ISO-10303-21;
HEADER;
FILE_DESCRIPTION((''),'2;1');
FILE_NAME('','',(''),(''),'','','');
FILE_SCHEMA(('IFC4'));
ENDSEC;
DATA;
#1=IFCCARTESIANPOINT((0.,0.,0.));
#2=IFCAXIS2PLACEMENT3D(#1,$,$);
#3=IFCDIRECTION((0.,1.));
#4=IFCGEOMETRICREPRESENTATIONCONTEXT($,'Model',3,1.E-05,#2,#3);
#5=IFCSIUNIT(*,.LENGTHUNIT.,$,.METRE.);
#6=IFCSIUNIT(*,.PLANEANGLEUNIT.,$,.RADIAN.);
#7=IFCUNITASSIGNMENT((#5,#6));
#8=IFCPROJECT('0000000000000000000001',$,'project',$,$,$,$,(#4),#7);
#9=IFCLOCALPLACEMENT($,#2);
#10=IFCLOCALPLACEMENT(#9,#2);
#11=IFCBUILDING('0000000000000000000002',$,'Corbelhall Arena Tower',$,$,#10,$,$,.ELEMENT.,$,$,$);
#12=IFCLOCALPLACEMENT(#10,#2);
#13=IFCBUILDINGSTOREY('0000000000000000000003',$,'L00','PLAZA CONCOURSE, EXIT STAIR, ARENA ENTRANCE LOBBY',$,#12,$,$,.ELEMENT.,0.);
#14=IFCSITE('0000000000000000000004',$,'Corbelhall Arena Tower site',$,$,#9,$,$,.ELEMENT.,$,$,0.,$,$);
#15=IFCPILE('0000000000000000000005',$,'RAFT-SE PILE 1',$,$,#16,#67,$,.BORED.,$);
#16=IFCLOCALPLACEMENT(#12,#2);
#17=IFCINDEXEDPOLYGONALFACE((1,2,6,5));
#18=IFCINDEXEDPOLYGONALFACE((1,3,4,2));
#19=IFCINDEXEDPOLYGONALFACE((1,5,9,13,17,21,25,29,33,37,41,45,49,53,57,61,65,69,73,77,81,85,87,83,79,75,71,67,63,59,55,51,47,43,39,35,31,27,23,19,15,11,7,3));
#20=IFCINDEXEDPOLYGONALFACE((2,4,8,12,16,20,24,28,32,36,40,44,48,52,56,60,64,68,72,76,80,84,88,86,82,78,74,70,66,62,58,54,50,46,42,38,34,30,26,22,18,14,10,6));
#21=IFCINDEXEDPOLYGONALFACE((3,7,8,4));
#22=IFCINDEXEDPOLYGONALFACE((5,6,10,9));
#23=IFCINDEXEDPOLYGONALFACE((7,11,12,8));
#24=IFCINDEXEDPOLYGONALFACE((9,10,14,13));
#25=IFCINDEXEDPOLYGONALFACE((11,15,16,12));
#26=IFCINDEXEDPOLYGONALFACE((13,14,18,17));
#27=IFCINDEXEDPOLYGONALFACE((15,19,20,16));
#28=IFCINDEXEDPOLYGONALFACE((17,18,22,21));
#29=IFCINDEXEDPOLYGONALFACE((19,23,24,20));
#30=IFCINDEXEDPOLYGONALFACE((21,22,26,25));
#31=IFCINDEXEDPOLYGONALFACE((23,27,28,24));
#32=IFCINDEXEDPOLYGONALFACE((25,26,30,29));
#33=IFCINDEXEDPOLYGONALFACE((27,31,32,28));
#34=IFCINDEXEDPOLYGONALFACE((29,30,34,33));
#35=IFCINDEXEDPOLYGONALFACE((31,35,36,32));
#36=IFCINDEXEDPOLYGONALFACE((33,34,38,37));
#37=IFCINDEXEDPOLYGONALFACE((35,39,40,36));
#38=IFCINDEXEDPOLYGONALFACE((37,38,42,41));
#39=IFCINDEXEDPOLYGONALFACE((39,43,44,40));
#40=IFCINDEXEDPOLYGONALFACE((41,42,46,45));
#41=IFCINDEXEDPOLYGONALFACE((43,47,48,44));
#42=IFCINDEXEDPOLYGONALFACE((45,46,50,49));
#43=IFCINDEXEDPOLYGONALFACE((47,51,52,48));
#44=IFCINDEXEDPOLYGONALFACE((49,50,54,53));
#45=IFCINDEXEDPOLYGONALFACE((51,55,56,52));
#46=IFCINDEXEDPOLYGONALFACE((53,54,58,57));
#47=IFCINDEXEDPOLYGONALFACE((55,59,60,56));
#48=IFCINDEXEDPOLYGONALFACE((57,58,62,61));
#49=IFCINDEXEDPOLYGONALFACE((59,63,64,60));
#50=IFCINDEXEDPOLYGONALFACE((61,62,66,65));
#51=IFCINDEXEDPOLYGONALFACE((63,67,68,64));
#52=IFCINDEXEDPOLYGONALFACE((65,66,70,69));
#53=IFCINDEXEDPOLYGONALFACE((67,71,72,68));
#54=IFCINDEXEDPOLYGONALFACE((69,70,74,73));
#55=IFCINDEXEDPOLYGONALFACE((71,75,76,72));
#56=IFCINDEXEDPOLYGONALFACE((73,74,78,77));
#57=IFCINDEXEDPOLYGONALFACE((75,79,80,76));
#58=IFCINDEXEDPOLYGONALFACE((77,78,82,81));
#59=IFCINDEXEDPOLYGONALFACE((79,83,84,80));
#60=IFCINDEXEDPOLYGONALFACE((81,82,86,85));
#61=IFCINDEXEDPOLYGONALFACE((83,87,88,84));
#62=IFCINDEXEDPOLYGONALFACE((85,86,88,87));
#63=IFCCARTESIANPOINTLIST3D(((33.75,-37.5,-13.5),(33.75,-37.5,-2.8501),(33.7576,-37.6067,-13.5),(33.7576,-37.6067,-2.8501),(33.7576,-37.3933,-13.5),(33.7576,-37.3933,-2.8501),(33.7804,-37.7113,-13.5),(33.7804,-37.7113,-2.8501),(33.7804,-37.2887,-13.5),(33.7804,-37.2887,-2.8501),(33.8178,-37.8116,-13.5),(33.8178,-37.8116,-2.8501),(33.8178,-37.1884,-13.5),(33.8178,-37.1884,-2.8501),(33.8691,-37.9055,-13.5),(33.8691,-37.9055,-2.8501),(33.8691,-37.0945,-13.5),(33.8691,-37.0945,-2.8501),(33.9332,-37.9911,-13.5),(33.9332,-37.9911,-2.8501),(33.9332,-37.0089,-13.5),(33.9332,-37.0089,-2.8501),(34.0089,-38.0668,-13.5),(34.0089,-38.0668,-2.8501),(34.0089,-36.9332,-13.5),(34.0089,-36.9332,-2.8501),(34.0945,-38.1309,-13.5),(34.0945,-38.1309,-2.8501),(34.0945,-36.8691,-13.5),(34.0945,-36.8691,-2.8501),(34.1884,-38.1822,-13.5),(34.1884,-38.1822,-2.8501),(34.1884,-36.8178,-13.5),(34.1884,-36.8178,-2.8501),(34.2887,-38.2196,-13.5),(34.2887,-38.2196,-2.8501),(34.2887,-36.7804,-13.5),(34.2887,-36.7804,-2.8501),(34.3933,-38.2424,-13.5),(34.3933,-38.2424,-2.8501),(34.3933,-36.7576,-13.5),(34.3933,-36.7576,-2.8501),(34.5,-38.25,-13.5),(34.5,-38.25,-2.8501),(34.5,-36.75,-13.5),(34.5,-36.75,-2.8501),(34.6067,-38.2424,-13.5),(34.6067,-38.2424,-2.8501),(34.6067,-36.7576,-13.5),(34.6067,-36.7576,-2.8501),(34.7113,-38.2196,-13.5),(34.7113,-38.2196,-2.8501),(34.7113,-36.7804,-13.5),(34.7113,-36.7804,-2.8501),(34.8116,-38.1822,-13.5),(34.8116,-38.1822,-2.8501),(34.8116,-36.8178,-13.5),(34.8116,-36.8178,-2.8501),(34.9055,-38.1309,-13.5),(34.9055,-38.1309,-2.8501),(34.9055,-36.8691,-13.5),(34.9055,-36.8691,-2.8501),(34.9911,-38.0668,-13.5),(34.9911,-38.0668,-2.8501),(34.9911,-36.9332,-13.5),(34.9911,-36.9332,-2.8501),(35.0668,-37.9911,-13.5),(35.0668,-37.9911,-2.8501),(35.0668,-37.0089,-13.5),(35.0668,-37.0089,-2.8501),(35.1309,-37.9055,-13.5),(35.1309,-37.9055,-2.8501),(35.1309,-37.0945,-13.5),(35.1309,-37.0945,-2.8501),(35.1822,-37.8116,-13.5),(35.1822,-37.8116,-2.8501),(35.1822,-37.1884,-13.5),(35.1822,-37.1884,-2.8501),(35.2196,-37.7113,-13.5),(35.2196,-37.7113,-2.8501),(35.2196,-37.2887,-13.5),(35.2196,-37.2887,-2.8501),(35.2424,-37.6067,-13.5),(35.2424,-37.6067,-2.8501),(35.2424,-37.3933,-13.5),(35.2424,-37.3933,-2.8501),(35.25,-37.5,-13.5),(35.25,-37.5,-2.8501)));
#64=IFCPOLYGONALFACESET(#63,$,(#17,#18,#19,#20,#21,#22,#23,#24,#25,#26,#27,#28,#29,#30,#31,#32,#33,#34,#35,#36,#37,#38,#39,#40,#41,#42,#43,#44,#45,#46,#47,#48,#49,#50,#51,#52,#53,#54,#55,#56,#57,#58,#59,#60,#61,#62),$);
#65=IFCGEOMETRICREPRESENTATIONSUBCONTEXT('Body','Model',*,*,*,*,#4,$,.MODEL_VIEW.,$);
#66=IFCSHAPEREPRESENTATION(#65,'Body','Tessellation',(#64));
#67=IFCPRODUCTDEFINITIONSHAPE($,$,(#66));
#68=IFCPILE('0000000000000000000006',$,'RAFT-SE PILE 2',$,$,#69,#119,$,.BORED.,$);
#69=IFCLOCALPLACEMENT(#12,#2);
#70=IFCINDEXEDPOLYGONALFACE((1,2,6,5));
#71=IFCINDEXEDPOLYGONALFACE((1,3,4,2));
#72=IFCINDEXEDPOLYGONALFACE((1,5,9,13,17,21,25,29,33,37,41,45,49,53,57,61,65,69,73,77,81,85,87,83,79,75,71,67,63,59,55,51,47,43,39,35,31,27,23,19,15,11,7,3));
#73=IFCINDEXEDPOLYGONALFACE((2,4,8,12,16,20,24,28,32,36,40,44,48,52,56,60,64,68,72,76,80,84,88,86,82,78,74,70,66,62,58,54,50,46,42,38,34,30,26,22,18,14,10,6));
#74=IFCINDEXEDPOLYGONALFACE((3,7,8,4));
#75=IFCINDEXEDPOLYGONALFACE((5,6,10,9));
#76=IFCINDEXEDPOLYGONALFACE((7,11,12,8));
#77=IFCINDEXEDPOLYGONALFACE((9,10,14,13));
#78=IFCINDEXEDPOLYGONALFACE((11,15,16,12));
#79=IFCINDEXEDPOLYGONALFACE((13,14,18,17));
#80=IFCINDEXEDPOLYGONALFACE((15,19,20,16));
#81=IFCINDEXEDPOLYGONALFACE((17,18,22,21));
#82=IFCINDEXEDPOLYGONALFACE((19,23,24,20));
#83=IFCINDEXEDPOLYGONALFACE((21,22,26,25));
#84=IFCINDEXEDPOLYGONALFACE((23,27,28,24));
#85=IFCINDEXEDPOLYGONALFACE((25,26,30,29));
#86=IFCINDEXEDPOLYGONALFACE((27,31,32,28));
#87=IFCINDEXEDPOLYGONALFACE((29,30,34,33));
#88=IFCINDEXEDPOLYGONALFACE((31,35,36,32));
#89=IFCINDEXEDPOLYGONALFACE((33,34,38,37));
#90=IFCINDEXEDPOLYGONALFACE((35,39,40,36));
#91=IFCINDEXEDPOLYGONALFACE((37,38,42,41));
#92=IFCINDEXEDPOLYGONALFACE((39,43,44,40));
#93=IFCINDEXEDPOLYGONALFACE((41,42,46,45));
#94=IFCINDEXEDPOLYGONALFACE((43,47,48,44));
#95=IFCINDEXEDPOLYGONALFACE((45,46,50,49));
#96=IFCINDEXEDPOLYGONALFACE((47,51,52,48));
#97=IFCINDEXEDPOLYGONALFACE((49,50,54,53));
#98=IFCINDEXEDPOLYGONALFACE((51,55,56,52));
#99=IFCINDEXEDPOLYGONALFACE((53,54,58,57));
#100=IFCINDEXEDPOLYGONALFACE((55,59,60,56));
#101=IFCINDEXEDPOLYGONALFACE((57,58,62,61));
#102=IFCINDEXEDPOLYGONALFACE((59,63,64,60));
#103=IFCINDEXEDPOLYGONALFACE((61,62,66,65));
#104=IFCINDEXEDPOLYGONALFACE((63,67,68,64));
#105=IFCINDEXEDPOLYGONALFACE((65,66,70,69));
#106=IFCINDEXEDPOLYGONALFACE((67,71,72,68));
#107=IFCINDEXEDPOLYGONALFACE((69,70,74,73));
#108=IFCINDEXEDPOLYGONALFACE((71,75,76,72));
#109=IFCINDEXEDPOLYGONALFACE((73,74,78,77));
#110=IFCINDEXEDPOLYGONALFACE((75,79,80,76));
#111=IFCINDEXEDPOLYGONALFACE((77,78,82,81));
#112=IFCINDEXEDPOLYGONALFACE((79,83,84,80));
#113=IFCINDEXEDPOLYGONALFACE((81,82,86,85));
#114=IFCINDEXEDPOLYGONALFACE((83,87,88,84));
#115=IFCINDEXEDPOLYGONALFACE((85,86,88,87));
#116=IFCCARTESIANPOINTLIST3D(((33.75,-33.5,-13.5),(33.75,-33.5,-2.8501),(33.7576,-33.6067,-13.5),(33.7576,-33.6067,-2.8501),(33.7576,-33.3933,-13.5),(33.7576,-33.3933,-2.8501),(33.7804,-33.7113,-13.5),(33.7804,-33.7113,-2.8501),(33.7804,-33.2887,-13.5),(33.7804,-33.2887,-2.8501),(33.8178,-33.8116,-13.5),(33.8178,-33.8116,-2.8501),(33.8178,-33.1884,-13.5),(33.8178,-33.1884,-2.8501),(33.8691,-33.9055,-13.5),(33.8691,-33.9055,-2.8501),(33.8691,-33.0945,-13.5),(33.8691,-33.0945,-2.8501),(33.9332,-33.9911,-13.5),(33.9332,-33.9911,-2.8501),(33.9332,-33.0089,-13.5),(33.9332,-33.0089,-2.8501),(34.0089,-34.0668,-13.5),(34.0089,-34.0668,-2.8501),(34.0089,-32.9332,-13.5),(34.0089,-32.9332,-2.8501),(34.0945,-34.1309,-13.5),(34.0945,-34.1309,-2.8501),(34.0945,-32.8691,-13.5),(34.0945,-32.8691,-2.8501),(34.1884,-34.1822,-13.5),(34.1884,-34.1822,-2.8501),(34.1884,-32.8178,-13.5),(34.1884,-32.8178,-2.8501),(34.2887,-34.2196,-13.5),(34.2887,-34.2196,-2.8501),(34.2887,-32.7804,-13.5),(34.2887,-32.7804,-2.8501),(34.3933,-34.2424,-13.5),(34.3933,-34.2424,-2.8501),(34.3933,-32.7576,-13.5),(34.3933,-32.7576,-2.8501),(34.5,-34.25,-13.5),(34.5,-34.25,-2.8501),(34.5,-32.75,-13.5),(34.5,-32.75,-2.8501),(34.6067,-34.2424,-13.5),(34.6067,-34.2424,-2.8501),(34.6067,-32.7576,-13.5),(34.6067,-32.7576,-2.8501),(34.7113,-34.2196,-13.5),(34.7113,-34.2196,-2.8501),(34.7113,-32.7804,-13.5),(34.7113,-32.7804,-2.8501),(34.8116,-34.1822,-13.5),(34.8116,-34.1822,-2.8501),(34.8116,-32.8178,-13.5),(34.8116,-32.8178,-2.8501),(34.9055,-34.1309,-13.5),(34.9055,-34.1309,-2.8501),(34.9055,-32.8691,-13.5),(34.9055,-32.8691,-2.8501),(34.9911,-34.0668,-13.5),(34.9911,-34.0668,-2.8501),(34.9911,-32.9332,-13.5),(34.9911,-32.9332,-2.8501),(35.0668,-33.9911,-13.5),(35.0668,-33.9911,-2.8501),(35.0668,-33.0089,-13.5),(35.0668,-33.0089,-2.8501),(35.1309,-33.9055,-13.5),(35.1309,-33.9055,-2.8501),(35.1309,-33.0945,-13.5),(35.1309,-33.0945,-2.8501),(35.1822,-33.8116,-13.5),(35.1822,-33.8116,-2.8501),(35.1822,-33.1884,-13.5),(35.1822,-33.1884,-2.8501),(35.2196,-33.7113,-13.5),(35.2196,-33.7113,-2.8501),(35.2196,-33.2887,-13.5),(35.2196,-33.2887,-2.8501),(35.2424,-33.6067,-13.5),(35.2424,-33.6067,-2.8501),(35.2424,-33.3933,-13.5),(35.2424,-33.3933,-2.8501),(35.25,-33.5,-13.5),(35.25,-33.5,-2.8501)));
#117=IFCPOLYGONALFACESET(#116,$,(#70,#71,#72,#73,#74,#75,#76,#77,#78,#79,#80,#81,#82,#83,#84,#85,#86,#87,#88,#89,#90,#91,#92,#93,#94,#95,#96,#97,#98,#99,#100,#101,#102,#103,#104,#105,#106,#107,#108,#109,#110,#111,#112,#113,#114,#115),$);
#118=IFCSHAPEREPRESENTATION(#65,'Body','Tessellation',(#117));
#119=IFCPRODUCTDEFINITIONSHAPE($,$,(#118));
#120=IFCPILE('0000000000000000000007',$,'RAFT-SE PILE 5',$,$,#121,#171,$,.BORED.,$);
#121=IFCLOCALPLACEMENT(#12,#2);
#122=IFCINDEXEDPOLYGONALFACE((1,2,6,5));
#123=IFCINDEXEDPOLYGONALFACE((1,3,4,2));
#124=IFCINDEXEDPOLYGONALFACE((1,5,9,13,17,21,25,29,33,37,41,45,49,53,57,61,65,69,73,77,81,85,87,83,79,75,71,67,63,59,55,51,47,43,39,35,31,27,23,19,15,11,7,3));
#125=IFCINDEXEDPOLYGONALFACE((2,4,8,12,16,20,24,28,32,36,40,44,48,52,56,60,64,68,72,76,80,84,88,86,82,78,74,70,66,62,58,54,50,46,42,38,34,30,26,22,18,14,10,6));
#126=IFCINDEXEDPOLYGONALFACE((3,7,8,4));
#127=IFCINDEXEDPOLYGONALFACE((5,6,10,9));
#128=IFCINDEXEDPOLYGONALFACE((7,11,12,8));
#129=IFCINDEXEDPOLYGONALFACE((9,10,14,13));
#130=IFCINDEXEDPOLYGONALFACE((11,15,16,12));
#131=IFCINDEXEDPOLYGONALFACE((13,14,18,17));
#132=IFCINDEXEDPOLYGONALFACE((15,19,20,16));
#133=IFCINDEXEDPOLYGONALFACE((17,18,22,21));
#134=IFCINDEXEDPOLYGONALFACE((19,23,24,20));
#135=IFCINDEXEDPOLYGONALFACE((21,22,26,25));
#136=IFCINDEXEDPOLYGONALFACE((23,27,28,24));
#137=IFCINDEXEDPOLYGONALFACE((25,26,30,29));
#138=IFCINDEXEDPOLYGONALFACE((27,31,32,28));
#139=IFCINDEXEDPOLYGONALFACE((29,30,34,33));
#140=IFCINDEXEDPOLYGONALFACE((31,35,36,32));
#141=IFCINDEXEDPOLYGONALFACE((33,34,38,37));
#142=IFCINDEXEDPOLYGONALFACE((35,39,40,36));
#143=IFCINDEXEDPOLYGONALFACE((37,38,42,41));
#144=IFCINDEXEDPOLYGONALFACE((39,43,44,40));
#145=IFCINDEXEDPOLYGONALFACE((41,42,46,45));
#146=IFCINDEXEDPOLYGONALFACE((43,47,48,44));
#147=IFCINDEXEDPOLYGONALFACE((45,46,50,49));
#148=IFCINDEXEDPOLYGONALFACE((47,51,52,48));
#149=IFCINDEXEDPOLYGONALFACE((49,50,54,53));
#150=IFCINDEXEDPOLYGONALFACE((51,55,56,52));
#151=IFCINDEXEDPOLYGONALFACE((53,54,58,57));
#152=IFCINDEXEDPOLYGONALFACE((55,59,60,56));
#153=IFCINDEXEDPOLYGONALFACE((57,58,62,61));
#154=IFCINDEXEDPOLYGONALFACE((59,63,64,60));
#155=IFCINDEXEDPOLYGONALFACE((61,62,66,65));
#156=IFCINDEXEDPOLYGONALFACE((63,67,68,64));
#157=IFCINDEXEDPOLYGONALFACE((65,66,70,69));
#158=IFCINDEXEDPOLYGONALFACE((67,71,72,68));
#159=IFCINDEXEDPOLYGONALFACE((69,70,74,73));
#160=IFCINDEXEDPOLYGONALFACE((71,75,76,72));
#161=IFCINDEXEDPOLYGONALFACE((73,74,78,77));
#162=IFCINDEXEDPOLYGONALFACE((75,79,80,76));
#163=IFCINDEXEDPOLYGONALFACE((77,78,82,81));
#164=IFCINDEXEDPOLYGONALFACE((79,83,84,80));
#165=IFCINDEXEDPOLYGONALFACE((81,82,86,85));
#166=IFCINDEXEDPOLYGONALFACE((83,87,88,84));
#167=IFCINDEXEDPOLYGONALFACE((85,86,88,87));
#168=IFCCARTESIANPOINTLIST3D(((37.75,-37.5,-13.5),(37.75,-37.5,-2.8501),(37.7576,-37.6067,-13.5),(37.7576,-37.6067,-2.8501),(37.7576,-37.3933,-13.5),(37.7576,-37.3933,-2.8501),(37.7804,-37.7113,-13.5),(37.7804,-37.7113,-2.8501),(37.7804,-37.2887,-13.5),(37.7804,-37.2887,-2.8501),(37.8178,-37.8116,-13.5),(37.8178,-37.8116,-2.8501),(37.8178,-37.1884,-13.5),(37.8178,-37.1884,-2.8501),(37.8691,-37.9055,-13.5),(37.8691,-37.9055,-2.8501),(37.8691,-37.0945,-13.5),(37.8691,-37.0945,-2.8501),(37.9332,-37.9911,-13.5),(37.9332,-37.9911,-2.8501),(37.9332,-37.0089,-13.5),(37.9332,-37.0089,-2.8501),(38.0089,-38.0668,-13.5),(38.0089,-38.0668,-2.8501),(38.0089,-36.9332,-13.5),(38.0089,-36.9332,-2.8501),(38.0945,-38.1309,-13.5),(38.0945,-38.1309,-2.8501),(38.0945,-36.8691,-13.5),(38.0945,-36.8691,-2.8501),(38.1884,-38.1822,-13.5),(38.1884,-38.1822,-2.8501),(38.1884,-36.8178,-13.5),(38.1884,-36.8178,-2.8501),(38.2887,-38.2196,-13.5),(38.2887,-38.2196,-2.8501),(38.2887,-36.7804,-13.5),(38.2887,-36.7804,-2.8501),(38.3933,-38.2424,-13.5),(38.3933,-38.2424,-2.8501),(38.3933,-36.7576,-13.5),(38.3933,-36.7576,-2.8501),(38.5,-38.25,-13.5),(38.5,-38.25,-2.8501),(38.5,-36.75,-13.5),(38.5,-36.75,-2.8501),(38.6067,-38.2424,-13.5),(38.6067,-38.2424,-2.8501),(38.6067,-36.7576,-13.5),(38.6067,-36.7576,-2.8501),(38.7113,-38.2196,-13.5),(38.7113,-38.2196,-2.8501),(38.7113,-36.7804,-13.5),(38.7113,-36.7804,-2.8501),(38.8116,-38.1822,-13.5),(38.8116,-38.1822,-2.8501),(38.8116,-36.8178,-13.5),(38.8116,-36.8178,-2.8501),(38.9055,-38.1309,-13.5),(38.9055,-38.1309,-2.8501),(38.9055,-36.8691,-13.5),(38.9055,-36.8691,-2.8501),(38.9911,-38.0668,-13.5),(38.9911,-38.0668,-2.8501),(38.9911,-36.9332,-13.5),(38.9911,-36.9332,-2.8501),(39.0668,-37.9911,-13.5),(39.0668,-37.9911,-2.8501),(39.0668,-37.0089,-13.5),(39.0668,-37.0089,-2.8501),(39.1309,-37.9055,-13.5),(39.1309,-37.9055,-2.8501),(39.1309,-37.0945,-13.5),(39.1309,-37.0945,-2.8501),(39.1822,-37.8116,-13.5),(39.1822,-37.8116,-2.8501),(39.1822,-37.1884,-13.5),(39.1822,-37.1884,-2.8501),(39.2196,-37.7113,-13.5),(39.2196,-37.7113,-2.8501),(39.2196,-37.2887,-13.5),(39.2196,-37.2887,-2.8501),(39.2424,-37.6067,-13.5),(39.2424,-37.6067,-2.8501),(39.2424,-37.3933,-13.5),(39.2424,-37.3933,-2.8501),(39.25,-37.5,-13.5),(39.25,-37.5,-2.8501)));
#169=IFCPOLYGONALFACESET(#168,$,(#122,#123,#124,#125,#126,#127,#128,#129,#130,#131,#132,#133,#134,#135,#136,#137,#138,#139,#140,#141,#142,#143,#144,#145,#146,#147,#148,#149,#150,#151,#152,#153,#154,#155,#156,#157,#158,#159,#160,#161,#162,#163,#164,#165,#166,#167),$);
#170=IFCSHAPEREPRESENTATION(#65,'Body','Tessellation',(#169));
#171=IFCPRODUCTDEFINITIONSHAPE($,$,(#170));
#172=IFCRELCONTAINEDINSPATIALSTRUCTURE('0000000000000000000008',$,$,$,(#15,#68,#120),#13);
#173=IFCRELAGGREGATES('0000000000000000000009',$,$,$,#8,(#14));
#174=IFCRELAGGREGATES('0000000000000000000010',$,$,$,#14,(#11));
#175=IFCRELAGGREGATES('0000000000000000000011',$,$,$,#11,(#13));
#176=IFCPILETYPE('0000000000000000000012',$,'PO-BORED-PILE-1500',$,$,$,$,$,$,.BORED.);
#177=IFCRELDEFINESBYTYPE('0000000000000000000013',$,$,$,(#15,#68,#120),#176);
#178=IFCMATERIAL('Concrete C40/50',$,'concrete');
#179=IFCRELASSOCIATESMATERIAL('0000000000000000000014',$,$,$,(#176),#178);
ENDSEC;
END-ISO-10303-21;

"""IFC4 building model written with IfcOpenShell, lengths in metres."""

from ifc_helpers import new_model, si_unit, direction, frame, origin, origin_2d, place, context, subcontext, project, spatial, circle, extrude, material, material_profile, profile_set, type_object, element, save


model = new_model("IFC4")

# Units and contexts
model_context = context("Model", 3, precision=1e-05, world=origin(), true_north=direction((0.0, 1.0)))
body_context = subcontext(model_context, "Body", "Model", "MODEL_VIEW")
ifc_project = project(units=[si_unit("LENGTHUNIT", "METRE"), si_unit("PLANEANGLEUNIT", "RADIAN")], contexts=[model_context])

# Site, building, storey
site_placement = place(None, origin())
site = spatial("IfcSite", under=ifc_project, at=site_placement, Name="Corbelhall Arena Tower site", CompositionType="ELEMENT", RefElevation=0.0)
building_placement = place(site_placement, origin())
building = spatial("IfcBuilding", under=site, at=building_placement, Name="Corbelhall Arena Tower", CompositionType="ELEMENT")
storey_placement = place(building_placement, origin())
storey = spatial("IfcBuildingStorey", under=building, at=storey_placement, Name="L00", Description="PLAZA CONCOURSE, EXIT STAIR, ARENA ENTRANCE LOBBY", CompositionType="ELEMENT", Elevation=0.0)

# Piles
ifc_material_1 = material(Name="Concrete C40/50", Category="concrete")
ifc_material_profile = material_profile(ifc_material_1, circle(Radius=0.75, at=origin_2d()))
ifc_profile_set = profile_set([ifc_material_profile], Name="Concrete C40/50")
pile_type = type_object("IfcPileType", Name="PO-BORED-PILE-1500", PredefinedType="BORED", material=ifc_profile_set)
for number, where, z_axis, x_axis, name in (
    (1, (34.5, -37.5, -2.8501), (0.0, 0.0, -1.0), (1.0, 0.0, 0.0), "RAFT-SE PILE 1"),
    (2, (34.5, -33.5, -2.8501), (0.0, 0.0, -1.0), (1.0, 0.0, 0.0), "RAFT-SE PILE 2"),
    (3, (38.5, -37.5, -2.8501), (0.0, 0.0, -1.0), (1.0, 0.0, 0.0), "RAFT-SE PILE 5"),
):
    element("IfcPile", number, at=place(storey_placement, frame(where, z_axis=z_axis, x_axis=x_axis)), inside=storey, type_object=pile_type, Name=name, PredefinedType="BORED", context=body_context, shape_type="SweptSolid", body=[
        extrude(circle(Radius=0.75, at=origin_2d()), origin(), (0.0, 0.0, 1.0), 10.6499),
    ])

save(model, "model.ifc")
